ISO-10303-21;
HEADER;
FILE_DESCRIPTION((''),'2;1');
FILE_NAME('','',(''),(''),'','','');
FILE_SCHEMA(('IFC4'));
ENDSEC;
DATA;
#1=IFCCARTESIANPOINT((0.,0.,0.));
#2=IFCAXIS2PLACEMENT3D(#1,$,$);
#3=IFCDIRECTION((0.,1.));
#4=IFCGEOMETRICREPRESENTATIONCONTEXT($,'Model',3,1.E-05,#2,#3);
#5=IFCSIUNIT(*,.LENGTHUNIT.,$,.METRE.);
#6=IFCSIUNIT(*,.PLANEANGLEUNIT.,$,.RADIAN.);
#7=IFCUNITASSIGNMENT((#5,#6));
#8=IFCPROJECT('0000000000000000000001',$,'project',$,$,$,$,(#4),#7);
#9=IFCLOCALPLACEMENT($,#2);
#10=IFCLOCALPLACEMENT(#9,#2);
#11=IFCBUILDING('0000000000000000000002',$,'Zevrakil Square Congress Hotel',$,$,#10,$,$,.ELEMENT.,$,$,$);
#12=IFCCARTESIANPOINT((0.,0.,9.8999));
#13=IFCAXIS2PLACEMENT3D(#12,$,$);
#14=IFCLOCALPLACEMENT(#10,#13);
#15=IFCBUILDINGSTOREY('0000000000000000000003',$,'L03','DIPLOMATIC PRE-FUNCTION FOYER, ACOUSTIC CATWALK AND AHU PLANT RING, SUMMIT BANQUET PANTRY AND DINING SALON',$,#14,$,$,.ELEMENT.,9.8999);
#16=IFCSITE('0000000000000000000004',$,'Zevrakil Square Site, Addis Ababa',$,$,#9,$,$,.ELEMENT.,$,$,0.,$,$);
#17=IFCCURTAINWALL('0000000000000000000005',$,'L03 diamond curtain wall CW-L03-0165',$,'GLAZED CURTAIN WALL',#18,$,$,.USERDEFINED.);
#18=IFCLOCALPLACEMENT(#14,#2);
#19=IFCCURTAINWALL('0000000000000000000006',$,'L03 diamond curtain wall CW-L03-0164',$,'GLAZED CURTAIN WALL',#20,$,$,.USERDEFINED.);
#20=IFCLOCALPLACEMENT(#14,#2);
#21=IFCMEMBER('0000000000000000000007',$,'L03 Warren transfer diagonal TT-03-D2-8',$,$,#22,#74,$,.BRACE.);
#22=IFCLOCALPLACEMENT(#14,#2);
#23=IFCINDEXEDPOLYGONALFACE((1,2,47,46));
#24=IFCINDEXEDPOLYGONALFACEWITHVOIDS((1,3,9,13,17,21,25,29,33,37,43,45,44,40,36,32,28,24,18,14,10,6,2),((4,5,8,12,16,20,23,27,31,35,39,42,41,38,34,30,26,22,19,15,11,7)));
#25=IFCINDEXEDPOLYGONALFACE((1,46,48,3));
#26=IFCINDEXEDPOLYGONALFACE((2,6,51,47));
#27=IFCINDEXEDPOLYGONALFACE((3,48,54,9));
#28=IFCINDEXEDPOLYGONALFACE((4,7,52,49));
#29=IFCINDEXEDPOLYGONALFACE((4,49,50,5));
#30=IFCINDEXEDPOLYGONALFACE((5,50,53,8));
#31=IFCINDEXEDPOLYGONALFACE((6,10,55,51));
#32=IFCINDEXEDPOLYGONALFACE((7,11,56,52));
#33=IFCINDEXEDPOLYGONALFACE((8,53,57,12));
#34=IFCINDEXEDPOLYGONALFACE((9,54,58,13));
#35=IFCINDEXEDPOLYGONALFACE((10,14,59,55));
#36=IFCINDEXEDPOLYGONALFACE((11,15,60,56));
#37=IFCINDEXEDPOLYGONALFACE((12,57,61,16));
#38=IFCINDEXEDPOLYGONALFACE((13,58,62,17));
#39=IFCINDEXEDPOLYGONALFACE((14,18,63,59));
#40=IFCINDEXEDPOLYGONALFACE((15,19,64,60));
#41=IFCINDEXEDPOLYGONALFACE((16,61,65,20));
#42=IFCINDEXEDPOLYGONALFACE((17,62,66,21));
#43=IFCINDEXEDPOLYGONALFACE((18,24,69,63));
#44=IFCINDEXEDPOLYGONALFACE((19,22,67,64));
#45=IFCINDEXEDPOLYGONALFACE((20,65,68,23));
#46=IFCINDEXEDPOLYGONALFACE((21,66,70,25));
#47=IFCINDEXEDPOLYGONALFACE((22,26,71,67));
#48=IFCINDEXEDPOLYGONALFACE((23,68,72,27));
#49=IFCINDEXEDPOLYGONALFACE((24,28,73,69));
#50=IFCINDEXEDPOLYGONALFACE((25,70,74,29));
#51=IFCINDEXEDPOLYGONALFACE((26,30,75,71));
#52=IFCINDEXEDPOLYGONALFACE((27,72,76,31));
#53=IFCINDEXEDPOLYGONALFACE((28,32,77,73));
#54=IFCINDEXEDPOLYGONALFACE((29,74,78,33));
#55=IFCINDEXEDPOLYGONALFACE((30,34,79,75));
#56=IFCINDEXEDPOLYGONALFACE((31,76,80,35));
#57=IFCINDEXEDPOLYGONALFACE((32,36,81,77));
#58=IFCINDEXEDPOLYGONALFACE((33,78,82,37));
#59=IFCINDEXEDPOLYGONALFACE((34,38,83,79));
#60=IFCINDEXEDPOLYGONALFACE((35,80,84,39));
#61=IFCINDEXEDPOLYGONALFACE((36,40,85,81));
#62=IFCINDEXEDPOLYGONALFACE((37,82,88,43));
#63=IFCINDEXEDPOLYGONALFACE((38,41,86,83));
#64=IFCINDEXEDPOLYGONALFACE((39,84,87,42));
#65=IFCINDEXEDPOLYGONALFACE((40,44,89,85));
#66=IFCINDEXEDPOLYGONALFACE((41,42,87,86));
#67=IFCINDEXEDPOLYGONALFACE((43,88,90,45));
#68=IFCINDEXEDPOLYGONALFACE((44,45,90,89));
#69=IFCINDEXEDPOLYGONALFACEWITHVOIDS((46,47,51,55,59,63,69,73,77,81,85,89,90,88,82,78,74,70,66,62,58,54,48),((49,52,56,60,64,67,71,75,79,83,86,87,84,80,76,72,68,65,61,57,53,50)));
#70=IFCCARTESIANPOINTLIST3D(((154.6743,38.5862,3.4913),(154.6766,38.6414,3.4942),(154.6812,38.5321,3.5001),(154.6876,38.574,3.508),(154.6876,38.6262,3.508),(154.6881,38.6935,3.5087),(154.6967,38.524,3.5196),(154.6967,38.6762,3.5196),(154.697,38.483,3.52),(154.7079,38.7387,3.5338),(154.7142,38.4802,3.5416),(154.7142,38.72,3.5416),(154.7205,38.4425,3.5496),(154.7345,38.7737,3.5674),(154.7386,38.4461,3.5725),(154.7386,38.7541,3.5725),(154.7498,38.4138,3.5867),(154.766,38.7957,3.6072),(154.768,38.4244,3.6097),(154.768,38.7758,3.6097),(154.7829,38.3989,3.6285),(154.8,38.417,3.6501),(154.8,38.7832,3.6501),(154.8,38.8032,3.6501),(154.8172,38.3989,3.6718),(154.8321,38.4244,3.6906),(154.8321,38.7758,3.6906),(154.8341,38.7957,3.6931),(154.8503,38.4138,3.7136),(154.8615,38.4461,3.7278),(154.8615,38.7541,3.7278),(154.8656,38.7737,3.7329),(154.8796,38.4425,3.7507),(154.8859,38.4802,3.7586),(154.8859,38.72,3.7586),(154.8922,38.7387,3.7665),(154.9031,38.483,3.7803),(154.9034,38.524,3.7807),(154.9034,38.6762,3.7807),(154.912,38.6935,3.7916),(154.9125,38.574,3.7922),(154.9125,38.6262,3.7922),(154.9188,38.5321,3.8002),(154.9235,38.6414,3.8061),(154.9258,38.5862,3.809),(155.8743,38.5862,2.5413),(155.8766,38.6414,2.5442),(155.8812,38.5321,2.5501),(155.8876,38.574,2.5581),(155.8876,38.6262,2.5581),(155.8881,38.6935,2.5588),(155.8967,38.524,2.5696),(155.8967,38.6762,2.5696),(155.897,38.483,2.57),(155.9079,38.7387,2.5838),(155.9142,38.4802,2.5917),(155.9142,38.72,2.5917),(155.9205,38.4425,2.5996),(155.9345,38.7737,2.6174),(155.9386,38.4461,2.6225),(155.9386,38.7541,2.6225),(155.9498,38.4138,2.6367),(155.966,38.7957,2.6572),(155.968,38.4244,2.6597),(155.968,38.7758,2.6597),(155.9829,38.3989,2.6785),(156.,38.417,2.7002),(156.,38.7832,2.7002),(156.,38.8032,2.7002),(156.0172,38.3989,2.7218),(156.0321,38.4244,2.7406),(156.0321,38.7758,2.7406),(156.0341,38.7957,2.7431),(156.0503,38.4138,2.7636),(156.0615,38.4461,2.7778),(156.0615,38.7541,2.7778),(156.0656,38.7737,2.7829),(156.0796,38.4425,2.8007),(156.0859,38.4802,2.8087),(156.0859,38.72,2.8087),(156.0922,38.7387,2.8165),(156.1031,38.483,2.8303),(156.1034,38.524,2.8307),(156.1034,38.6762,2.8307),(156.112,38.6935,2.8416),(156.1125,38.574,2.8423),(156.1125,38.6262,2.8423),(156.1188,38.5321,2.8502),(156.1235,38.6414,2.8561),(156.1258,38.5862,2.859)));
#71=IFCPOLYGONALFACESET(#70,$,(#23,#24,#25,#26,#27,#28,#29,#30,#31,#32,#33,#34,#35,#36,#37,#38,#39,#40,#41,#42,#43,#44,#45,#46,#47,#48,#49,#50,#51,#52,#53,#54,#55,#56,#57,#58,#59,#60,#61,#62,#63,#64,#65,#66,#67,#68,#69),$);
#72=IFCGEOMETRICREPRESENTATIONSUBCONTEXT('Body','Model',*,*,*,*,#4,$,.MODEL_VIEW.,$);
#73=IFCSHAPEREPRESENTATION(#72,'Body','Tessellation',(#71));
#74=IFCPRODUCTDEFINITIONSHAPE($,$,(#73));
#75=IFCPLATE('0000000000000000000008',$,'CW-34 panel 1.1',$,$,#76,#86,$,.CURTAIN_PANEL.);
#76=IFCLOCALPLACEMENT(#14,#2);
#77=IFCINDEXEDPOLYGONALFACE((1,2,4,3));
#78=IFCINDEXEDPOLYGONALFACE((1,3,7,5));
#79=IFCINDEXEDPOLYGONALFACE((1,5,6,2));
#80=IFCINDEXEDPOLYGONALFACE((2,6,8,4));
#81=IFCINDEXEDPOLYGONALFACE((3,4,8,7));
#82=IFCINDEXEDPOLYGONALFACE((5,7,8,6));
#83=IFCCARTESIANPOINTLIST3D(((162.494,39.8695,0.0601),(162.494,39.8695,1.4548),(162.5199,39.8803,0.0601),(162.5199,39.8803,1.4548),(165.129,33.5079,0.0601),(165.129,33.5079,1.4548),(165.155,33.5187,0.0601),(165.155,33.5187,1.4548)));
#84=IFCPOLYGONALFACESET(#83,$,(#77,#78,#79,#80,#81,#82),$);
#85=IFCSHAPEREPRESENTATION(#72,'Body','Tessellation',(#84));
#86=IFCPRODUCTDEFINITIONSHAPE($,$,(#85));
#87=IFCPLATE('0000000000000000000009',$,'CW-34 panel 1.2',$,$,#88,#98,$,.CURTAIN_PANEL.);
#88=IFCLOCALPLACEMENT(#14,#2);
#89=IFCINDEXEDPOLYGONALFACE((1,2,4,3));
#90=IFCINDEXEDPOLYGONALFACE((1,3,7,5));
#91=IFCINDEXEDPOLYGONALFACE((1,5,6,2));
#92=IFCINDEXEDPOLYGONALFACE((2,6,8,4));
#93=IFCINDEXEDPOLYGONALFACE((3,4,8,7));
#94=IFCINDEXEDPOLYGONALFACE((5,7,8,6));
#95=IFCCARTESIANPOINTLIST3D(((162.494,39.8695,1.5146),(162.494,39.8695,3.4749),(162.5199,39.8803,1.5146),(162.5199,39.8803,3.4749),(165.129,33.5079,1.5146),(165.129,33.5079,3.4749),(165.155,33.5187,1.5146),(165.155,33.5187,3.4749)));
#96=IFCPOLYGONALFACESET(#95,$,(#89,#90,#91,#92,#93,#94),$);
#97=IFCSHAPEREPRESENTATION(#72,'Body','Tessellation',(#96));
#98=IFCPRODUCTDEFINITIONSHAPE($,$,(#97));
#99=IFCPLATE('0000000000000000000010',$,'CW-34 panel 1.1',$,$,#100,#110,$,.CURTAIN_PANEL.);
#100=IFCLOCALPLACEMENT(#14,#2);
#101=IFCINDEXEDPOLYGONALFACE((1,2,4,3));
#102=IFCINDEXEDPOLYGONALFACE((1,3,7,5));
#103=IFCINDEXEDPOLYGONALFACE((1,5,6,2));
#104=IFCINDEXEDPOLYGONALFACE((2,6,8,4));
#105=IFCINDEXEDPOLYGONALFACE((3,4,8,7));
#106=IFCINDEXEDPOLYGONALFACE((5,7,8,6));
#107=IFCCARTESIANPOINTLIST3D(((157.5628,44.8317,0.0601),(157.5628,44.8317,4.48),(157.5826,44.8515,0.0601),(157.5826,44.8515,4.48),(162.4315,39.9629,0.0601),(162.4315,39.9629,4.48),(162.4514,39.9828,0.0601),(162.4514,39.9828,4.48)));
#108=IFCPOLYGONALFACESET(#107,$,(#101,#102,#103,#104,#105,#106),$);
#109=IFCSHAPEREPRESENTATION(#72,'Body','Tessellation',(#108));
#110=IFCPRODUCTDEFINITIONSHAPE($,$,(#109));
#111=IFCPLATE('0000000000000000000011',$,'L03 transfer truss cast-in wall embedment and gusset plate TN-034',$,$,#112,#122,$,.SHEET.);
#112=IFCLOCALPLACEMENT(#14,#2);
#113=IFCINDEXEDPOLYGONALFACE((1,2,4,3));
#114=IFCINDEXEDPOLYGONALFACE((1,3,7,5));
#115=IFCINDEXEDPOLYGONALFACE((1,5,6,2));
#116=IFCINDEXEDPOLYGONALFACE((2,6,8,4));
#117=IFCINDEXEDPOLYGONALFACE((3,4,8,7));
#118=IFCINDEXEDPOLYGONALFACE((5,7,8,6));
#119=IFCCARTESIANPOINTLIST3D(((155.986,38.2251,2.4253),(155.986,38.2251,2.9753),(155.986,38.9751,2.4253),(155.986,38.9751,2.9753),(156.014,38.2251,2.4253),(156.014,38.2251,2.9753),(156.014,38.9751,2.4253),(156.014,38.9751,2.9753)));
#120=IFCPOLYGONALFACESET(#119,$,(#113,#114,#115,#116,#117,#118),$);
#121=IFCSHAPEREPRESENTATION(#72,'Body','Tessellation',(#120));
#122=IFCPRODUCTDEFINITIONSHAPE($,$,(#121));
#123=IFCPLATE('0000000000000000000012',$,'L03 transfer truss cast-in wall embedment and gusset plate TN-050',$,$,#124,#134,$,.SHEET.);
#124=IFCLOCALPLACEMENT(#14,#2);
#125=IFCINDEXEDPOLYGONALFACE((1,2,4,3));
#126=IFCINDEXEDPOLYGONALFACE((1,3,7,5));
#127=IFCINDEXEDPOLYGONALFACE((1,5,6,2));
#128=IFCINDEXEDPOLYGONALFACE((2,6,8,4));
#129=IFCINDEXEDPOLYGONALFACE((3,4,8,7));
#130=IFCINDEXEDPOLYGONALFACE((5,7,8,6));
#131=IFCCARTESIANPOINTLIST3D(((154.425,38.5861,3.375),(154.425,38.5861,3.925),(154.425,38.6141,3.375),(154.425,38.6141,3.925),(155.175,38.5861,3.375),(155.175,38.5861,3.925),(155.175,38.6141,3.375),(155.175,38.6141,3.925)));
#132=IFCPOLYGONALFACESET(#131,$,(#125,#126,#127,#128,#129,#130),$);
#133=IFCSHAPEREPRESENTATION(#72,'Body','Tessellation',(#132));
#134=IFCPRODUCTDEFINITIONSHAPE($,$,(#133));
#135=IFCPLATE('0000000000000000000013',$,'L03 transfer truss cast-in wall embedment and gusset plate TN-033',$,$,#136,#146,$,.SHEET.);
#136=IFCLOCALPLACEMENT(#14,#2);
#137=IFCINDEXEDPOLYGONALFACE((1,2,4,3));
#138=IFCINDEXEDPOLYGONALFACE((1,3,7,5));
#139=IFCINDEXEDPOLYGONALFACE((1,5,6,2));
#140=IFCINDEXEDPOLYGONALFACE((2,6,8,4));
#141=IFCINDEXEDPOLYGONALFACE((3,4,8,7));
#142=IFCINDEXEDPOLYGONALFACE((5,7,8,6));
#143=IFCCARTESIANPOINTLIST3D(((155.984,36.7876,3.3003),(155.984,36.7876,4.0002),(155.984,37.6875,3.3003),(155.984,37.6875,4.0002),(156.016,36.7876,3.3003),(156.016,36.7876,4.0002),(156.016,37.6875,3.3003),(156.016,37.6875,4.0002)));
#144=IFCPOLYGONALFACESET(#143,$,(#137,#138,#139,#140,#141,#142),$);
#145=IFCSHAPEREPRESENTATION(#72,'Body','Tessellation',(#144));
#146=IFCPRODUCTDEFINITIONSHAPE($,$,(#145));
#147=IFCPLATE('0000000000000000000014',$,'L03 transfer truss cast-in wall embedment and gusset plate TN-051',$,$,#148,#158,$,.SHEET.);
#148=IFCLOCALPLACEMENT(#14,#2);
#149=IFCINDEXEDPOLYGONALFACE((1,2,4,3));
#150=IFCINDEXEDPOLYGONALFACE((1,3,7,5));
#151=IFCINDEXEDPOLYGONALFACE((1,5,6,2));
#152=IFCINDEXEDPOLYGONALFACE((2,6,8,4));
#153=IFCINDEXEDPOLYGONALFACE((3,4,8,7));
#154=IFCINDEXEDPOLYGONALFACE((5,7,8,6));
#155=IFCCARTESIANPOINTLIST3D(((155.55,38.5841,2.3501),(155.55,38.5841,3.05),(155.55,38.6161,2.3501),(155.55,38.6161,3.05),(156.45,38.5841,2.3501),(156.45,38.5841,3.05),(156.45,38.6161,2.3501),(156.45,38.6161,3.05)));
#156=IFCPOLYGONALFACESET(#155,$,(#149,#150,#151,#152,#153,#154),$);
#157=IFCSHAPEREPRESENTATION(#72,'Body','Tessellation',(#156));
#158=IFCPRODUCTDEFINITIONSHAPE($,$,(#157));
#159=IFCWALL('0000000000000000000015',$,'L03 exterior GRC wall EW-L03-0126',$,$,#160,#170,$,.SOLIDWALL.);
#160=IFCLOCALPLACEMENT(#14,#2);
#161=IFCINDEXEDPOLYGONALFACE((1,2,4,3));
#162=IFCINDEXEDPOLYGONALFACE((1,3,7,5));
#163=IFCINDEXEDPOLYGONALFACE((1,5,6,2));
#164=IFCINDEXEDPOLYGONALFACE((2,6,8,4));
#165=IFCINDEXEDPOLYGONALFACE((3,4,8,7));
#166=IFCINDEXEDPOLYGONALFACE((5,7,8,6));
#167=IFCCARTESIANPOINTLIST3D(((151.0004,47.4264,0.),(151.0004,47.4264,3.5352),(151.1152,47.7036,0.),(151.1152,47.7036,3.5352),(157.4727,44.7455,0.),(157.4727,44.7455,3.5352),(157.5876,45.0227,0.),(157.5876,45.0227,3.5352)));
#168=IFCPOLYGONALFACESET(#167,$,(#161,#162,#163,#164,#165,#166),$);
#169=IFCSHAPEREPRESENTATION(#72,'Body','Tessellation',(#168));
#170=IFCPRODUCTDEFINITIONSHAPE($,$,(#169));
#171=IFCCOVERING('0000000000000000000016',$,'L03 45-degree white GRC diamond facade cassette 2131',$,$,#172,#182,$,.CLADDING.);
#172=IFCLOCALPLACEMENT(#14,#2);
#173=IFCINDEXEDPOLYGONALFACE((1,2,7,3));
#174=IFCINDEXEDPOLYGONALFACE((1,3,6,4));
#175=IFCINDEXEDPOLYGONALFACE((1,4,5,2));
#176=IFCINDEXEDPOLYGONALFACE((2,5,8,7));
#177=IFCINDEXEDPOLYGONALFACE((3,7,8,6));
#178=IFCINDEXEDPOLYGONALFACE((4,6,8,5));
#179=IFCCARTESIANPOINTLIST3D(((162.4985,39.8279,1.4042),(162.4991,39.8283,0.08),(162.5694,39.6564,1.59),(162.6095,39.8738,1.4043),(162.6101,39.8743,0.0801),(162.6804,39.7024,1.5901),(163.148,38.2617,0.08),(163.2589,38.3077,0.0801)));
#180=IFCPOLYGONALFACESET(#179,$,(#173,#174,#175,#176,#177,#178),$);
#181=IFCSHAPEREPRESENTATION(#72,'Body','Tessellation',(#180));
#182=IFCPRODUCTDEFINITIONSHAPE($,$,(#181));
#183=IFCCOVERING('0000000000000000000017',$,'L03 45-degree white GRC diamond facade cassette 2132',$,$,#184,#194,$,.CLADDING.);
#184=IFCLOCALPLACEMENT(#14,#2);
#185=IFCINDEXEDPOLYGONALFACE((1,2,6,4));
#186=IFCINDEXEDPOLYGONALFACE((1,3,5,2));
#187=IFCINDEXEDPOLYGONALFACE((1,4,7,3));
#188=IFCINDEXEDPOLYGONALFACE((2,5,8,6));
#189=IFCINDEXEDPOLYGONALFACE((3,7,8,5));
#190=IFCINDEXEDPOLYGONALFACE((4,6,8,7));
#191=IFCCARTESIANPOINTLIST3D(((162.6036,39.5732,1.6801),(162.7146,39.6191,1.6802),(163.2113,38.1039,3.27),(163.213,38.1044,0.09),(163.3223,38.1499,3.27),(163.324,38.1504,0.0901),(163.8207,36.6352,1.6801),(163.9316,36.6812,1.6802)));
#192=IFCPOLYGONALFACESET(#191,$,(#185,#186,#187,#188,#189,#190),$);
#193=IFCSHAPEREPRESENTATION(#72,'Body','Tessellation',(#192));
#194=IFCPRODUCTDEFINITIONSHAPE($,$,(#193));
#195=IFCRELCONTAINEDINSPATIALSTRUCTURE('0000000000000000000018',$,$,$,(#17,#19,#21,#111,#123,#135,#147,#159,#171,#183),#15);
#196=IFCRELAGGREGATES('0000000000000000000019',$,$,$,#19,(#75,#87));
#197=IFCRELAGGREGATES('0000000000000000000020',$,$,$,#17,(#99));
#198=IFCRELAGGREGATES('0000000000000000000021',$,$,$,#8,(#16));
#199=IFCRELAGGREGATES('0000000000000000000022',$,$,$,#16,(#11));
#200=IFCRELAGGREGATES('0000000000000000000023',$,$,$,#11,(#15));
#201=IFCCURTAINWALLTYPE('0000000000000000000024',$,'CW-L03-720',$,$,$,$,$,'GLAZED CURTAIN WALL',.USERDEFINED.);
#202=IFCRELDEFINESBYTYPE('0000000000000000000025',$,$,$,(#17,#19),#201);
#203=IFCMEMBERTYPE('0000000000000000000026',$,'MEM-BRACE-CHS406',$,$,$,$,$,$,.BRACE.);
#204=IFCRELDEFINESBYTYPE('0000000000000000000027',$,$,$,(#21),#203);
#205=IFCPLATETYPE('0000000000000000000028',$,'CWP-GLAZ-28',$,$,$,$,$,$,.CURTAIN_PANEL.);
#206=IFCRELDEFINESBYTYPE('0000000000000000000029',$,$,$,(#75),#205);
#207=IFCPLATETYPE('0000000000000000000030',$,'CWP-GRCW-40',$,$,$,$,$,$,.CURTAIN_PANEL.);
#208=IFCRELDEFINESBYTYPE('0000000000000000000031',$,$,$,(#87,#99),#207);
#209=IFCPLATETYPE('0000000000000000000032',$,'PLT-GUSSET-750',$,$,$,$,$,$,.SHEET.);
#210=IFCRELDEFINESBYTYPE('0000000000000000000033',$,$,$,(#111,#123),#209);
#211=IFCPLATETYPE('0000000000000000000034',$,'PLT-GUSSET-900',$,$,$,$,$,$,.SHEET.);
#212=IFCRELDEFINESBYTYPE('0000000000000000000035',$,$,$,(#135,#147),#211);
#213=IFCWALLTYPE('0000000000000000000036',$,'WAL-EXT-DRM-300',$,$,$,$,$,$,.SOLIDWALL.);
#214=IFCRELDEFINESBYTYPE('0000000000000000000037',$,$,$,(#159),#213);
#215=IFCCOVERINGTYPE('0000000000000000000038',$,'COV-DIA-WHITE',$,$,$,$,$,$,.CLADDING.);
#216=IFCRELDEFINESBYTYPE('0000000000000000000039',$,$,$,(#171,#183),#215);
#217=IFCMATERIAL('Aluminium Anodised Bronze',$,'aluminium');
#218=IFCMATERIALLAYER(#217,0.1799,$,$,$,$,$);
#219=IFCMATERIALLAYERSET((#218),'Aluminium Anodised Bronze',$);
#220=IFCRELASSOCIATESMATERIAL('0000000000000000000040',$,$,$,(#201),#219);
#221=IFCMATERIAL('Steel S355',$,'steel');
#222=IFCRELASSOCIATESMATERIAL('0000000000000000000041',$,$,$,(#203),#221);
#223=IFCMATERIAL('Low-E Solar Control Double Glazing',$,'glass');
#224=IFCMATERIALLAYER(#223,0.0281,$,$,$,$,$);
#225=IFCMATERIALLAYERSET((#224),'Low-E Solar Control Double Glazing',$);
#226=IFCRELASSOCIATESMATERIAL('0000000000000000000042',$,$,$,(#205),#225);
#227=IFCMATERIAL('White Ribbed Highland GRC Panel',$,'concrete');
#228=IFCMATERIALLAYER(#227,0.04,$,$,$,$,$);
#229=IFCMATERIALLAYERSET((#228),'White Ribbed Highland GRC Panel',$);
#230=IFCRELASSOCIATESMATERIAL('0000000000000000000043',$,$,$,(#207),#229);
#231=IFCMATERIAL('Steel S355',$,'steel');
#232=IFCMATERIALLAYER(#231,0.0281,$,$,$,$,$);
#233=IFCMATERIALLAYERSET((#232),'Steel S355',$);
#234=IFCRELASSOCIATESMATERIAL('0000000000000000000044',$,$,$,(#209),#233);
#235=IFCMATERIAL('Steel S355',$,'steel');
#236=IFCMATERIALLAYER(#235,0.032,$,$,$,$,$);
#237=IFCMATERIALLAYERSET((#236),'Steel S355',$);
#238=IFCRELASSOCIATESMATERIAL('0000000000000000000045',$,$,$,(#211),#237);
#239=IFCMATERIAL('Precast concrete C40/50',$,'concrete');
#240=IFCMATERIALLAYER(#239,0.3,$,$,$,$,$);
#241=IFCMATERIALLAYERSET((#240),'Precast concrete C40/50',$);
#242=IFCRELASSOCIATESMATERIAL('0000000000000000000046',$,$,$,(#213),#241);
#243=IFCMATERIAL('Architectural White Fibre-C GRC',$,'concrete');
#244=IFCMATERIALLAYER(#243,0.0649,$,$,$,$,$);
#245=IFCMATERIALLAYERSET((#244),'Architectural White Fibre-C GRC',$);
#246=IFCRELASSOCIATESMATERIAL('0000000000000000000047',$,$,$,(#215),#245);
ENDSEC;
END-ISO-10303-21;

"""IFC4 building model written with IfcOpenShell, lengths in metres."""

from ifc_helpers import new_model, si_unit, direction, frame, frame_2d, origin, origin_2d, place, context, subcontext, project, spatial, polyline, rectangle, hollow_circle, outline, extrude, material, layer, layer_set, material_profile, profile_set, type_object, element, aggregate, save


model = new_model("IFC4")

# Units and contexts
model_context = context("Model", 3, precision=1e-05, world=origin(), true_north=direction((0.0, 1.0)))
body_context = subcontext(model_context, "Body", "Model", "MODEL_VIEW")
ifc_project = project(units=[si_unit("LENGTHUNIT", "METRE"), si_unit("PLANEANGLEUNIT", "RADIAN")], contexts=[model_context])

# Site, building, storey
site_placement = place(None, origin())
site = spatial("IfcSite", under=ifc_project, at=site_placement, Name="Zevrakil Square Site, Addis Ababa", CompositionType="ELEMENT", RefElevation=0.0)
building_placement = place(site_placement, origin())
building = spatial("IfcBuilding", under=site, at=building_placement, Name="Zevrakil Square Congress Hotel", CompositionType="ELEMENT")
storey_placement = place(building_placement, frame((0.0, 0.0, 9.8999)))
storey = spatial("IfcBuildingStorey", under=building, at=storey_placement, Name="L03", Description="DIPLOMATIC PRE-FUNCTION FOYER, ACOUSTIC CATWALK AND AHU PLANT RING, SUMMIT BANQUET PANTRY AND DINING SALON", CompositionType="ELEMENT", Elevation=9.8999)

# Curtain wall
ifc_material_1 = material(Name="Aluminium Anodised Bronze", Category="aluminium")
ifc_layer_1 = layer(ifc_material_1, 0.1799)
ifc_layer_set_1 = layer_set([ifc_layer_1], Name="Aluminium Anodised Bronze")
curtain_wall_type = type_object("IfcCurtainWallType", Name="CW-L03-720", ElementType="GLAZED CURTAIN WALL", PredefinedType="USERDEFINED", material=ifc_layer_set_1)
curtain_wall_1_placement = place(storey_placement, origin())
curtain_wall_1 = element("IfcCurtainWall", 1, at=curtain_wall_1_placement, inside=storey, type_object=curtain_wall_type, Name="L03 diamond curtain wall CW-L03-0165", ObjectType="GLAZED CURTAIN WALL", PredefinedType="USERDEFINED")

# Curtain wall
curtain_wall_2_placement = place(storey_placement, origin())
curtain_wall_2 = element("IfcCurtainWall", 2, at=curtain_wall_2_placement, inside=storey, type_object=curtain_wall_type, Name="L03 diamond curtain wall CW-L03-0164", ObjectType="GLAZED CURTAIN WALL", PredefinedType="USERDEFINED")

# Member
ifc_material_2 = material(Name="Steel S355", Category="steel")
ifc_material_profile_1 = material_profile(ifc_material_2, hollow_circle(Radius=0.2031, WallThickness=0.02, at=origin_2d()), Name="CHS 406.4x20")
ifc_profile_set_1 = profile_set([ifc_material_profile_1], Name="Steel S355")
member_type_1 = type_object("IfcMemberType", Name="MEM-BRACE-CHS406", PredefinedType="BRACE", material=ifc_profile_set_1)
member_1_placement = place(storey_placement, frame((154.8, 38.6001, 3.6501), z_axis=(0.784049, 0.0, -0.620699), x_axis=(0.0, 1.0, 0.0)))
element("IfcMember", 3, at=member_1_placement, inside=storey, type_object=member_type_1, Name="L03 Warren transfer diagonal TT-03-D2-8", PredefinedType="BRACE", context=body_context, shape_type="SweptSolid", body=[
    extrude(hollow_circle(Radius=0.2031, WallThickness=0.02, at=origin_2d()), origin(), (0.0, 0.0, 1.0), 1.5305),
])

# Plates
ifc_material_3 = material(Name="Low-E Solar Control Double Glazing", Category="glass")
ifc_layer_2 = layer(ifc_material_3, 0.0281)
ifc_layer_set_2 = layer_set([ifc_layer_2], Name="Low-E Solar Control Double Glazing")
plate_type_1 = type_object("IfcPlateType", Name="CWP-GLAZ-28", PredefinedType="CURTAIN_PANEL", material=ifc_layer_set_2)
plate_1_placement = place(storey_placement, frame((163.8245, 36.6941, 0.0601), z_axis=(0.0, 0.0, 1.0), x_axis=(-0.382684, 0.923879, 0.0)))
plate_1 = element("IfcPlate", 4, at=plate_1_placement, type_object=plate_type_1, Name="CW-34 panel 1.1", PredefinedType="CURTAIN_PANEL", context=body_context, shape_type="SweptSolid", body=[
    extrude(rectangle(XDim=6.8857, YDim=0.0281, at=origin_2d()), origin(), (0.0, 0.0, 1.0), 1.3948),
])
ifc_material_4 = material(Name="White Ribbed Highland GRC Panel", Category="concrete")
ifc_layer_3 = layer(ifc_material_4, 0.04)
ifc_layer_set_3 = layer_set([ifc_layer_3], Name="White Ribbed Highland GRC Panel")
plate_type_2 = type_object("IfcPlateType", Name="CWP-GRCW-40", PredefinedType="CURTAIN_PANEL", material=ifc_layer_set_3)
plate_2_placement = place(storey_placement, frame((163.8245, 36.6941, 1.5146), z_axis=(0.0, 0.0, 1.0), x_axis=(-0.382684, 0.923879, 0.0)))
plate_2 = element("IfcPlate", 5, at=plate_2_placement, type_object=plate_type_2, Name="CW-34 panel 1.2", PredefinedType="CURTAIN_PANEL", context=body_context, shape_type="SweptSolid", body=[
    extrude(rectangle(XDim=6.8857, YDim=0.0281, at=origin_2d()), origin(), (0.0, 0.0, 1.0), 1.9602),
])
aggregate(curtain_wall_2, [plate_1, plate_2])
plate_3_placement = place(storey_placement, frame((160.0071, 42.4072, 0.0601), z_axis=(0.0, 0.0, 1.0), x_axis=(-0.707107, 0.707107, 0.0)))
plate_3 = element("IfcPlate", 6, at=plate_3_placement, type_object=plate_type_2, Name="CW-34 panel 1.1", PredefinedType="CURTAIN_PANEL", context=body_context, shape_type="SweptSolid", body=[
    extrude(rectangle(XDim=6.8855, YDim=0.0281, at=origin_2d()), origin(), (0.0, 0.0, 1.0), 4.4199),
])
aggregate(curtain_wall_1, [plate_3])

# Plates
ifc_material_5 = material(Name="Steel S355", Category="steel")
ifc_layer_4 = layer(ifc_material_5, 0.0281)
ifc_layer_set_4 = layer_set([ifc_layer_4], Name="Steel S355")
plate_type_3 = type_object("IfcPlateType", Name="PLT-GUSSET-750", PredefinedType="SHEET", material=ifc_layer_set_4)
for number, where, z_axis, x_axis, name in (
    (7, (156.0, 38.6001, 2.4253), (0.0, 0.0, 1.0), (0.0, 1.0, 0.0), "L03 transfer truss cast-in wall embedment and gusset plate TN-034"),
    (8, (154.8, 38.6001, 3.375), (0.0, 0.0, 1.0), (1.0, 0.0, 0.0), "L03 transfer truss cast-in wall embedment and gusset plate TN-050"),
):
    element("IfcPlate", number, at=place(storey_placement, frame(where, z_axis=z_axis, x_axis=x_axis)), inside=storey, type_object=plate_type_3, Name=name, PredefinedType="SHEET", context=body_context, shape_type="SweptSolid", body=[
        extrude(rectangle(XDim=0.75, YDim=0.0281, at=origin_2d()), origin(), (0.0, 0.0, 1.0), 0.55),
    ])
ifc_material_6 = material(Name="Steel S355", Category="steel")
ifc_layer_5 = layer(ifc_material_6, 0.032)
ifc_layer_set_5 = layer_set([ifc_layer_5], Name="Steel S355")
plate_type_4 = type_object("IfcPlateType", Name="PLT-GUSSET-900", PredefinedType="SHEET", material=ifc_layer_set_5)
for number, where, z_axis, x_axis, name in (
    (9, (156.0, 37.2375, 3.3003), (0.0, 0.0, 1.0), (0.0, 1.0, 0.0), "L03 transfer truss cast-in wall embedment and gusset plate TN-033"),
    (10, (156.0, 38.6001, 2.3501), (0.0, 0.0, 1.0), (1.0, 0.0, 0.0), "L03 transfer truss cast-in wall embedment and gusset plate TN-051"),
):
    element("IfcPlate", number, at=place(storey_placement, frame(where, z_axis=z_axis, x_axis=x_axis)), inside=storey, type_object=plate_type_4, Name=name, PredefinedType="SHEET", context=body_context, shape_type="SweptSolid", body=[
        extrude(rectangle(XDim=0.8999, YDim=0.032, at=origin_2d()), origin(), (0.0, 0.0, 1.0), 0.7),
    ])

# Wall
ifc_material_7 = material(Name="Precast concrete C40/50", Category="concrete")
ifc_layer_6 = layer(ifc_material_7, 0.3)
ifc_layer_set_6 = layer_set([ifc_layer_6], Name="Precast concrete C40/50")
wall_type = type_object("IfcWallType", Name="WAL-EXT-DRM-300", PredefinedType="SOLIDWALL", material=ifc_layer_set_6)
wall_placement = place(storey_placement, frame((157.5303, 44.884, 0.0), z_axis=(0.0, 0.0, 1.0), x_axis=(-0.923882, 0.382677, 0.0)))
element("IfcWall", 11, at=wall_placement, inside=storey, type_object=wall_type, Name="L03 exterior GRC wall EW-L03-0126", PredefinedType="SOLIDWALL", context=body_context, shape_type="SweptSolid", body=[
    extrude(rectangle(XDim=7.0056, YDim=0.3, at=frame_2d((3.5029, 0.0))), origin(), (0.0, 0.0, 1.0), 3.5352),
])

# Coverings
ifc_material_8 = material(Name="Architectural White Fibre-C GRC", Category="concrete")
ifc_layer_7 = layer(ifc_material_8, 0.0649)
ifc_layer_set_7 = layer_set([ifc_layer_7], Name="Architectural White Fibre-C GRC")
covering_type_1 = type_object("IfcCoveringType", Name="COV-DIA-WHITE", PredefinedType="CLADDING", material=ifc_layer_set_7)
covering_1_placement = place(storey_placement, frame((162.6804, 39.7024, 1.5901), z_axis=(0.923895, 0.382645, 0.000534), x_axis=(-0.270031, 0.652975, -0.707607)))
element("IfcCovering", 12, at=covering_1_placement, inside=storey, type_object=covering_type_1, Name="L03 45-degree white GRC diamond facade cassette 2131", PredefinedType="CLADDING", context=body_context, shape_type="SweptSolid", body=[
    extrude(outline(polyline([(0.0, 0.0), (0.2626, 0.0), (1.1997, -0.9356), (0.0016, -2.1354), (0.0, 0.0)])), origin(), (0.0, 0.0, -1.0), 0.1201),
])
covering_2_placement = place(storey_placement, frame((163.3223, 38.1499, 3.27), z_axis=(0.92387, 0.382707, 0.000555), x_axis=(-0.27026, 0.653445, -0.707085)))
element("IfcCovering", 13, at=covering_2_placement, inside=storey, type_object=covering_type_1, Name="L03 45-degree white GRC diamond facade cassette 2132", PredefinedType="CLADDING", context=body_context, shape_type="SweptSolid", body=[
    extrude(outline(polyline([(0.0, 0.0), (2.2484, 0.0), (2.2483, -2.2488), (-0.0003, -2.2486), (0.0, 0.0)])), origin(), (0.0, 0.0, -1.0), 0.1201),
])

save(model, "model.ifc")
